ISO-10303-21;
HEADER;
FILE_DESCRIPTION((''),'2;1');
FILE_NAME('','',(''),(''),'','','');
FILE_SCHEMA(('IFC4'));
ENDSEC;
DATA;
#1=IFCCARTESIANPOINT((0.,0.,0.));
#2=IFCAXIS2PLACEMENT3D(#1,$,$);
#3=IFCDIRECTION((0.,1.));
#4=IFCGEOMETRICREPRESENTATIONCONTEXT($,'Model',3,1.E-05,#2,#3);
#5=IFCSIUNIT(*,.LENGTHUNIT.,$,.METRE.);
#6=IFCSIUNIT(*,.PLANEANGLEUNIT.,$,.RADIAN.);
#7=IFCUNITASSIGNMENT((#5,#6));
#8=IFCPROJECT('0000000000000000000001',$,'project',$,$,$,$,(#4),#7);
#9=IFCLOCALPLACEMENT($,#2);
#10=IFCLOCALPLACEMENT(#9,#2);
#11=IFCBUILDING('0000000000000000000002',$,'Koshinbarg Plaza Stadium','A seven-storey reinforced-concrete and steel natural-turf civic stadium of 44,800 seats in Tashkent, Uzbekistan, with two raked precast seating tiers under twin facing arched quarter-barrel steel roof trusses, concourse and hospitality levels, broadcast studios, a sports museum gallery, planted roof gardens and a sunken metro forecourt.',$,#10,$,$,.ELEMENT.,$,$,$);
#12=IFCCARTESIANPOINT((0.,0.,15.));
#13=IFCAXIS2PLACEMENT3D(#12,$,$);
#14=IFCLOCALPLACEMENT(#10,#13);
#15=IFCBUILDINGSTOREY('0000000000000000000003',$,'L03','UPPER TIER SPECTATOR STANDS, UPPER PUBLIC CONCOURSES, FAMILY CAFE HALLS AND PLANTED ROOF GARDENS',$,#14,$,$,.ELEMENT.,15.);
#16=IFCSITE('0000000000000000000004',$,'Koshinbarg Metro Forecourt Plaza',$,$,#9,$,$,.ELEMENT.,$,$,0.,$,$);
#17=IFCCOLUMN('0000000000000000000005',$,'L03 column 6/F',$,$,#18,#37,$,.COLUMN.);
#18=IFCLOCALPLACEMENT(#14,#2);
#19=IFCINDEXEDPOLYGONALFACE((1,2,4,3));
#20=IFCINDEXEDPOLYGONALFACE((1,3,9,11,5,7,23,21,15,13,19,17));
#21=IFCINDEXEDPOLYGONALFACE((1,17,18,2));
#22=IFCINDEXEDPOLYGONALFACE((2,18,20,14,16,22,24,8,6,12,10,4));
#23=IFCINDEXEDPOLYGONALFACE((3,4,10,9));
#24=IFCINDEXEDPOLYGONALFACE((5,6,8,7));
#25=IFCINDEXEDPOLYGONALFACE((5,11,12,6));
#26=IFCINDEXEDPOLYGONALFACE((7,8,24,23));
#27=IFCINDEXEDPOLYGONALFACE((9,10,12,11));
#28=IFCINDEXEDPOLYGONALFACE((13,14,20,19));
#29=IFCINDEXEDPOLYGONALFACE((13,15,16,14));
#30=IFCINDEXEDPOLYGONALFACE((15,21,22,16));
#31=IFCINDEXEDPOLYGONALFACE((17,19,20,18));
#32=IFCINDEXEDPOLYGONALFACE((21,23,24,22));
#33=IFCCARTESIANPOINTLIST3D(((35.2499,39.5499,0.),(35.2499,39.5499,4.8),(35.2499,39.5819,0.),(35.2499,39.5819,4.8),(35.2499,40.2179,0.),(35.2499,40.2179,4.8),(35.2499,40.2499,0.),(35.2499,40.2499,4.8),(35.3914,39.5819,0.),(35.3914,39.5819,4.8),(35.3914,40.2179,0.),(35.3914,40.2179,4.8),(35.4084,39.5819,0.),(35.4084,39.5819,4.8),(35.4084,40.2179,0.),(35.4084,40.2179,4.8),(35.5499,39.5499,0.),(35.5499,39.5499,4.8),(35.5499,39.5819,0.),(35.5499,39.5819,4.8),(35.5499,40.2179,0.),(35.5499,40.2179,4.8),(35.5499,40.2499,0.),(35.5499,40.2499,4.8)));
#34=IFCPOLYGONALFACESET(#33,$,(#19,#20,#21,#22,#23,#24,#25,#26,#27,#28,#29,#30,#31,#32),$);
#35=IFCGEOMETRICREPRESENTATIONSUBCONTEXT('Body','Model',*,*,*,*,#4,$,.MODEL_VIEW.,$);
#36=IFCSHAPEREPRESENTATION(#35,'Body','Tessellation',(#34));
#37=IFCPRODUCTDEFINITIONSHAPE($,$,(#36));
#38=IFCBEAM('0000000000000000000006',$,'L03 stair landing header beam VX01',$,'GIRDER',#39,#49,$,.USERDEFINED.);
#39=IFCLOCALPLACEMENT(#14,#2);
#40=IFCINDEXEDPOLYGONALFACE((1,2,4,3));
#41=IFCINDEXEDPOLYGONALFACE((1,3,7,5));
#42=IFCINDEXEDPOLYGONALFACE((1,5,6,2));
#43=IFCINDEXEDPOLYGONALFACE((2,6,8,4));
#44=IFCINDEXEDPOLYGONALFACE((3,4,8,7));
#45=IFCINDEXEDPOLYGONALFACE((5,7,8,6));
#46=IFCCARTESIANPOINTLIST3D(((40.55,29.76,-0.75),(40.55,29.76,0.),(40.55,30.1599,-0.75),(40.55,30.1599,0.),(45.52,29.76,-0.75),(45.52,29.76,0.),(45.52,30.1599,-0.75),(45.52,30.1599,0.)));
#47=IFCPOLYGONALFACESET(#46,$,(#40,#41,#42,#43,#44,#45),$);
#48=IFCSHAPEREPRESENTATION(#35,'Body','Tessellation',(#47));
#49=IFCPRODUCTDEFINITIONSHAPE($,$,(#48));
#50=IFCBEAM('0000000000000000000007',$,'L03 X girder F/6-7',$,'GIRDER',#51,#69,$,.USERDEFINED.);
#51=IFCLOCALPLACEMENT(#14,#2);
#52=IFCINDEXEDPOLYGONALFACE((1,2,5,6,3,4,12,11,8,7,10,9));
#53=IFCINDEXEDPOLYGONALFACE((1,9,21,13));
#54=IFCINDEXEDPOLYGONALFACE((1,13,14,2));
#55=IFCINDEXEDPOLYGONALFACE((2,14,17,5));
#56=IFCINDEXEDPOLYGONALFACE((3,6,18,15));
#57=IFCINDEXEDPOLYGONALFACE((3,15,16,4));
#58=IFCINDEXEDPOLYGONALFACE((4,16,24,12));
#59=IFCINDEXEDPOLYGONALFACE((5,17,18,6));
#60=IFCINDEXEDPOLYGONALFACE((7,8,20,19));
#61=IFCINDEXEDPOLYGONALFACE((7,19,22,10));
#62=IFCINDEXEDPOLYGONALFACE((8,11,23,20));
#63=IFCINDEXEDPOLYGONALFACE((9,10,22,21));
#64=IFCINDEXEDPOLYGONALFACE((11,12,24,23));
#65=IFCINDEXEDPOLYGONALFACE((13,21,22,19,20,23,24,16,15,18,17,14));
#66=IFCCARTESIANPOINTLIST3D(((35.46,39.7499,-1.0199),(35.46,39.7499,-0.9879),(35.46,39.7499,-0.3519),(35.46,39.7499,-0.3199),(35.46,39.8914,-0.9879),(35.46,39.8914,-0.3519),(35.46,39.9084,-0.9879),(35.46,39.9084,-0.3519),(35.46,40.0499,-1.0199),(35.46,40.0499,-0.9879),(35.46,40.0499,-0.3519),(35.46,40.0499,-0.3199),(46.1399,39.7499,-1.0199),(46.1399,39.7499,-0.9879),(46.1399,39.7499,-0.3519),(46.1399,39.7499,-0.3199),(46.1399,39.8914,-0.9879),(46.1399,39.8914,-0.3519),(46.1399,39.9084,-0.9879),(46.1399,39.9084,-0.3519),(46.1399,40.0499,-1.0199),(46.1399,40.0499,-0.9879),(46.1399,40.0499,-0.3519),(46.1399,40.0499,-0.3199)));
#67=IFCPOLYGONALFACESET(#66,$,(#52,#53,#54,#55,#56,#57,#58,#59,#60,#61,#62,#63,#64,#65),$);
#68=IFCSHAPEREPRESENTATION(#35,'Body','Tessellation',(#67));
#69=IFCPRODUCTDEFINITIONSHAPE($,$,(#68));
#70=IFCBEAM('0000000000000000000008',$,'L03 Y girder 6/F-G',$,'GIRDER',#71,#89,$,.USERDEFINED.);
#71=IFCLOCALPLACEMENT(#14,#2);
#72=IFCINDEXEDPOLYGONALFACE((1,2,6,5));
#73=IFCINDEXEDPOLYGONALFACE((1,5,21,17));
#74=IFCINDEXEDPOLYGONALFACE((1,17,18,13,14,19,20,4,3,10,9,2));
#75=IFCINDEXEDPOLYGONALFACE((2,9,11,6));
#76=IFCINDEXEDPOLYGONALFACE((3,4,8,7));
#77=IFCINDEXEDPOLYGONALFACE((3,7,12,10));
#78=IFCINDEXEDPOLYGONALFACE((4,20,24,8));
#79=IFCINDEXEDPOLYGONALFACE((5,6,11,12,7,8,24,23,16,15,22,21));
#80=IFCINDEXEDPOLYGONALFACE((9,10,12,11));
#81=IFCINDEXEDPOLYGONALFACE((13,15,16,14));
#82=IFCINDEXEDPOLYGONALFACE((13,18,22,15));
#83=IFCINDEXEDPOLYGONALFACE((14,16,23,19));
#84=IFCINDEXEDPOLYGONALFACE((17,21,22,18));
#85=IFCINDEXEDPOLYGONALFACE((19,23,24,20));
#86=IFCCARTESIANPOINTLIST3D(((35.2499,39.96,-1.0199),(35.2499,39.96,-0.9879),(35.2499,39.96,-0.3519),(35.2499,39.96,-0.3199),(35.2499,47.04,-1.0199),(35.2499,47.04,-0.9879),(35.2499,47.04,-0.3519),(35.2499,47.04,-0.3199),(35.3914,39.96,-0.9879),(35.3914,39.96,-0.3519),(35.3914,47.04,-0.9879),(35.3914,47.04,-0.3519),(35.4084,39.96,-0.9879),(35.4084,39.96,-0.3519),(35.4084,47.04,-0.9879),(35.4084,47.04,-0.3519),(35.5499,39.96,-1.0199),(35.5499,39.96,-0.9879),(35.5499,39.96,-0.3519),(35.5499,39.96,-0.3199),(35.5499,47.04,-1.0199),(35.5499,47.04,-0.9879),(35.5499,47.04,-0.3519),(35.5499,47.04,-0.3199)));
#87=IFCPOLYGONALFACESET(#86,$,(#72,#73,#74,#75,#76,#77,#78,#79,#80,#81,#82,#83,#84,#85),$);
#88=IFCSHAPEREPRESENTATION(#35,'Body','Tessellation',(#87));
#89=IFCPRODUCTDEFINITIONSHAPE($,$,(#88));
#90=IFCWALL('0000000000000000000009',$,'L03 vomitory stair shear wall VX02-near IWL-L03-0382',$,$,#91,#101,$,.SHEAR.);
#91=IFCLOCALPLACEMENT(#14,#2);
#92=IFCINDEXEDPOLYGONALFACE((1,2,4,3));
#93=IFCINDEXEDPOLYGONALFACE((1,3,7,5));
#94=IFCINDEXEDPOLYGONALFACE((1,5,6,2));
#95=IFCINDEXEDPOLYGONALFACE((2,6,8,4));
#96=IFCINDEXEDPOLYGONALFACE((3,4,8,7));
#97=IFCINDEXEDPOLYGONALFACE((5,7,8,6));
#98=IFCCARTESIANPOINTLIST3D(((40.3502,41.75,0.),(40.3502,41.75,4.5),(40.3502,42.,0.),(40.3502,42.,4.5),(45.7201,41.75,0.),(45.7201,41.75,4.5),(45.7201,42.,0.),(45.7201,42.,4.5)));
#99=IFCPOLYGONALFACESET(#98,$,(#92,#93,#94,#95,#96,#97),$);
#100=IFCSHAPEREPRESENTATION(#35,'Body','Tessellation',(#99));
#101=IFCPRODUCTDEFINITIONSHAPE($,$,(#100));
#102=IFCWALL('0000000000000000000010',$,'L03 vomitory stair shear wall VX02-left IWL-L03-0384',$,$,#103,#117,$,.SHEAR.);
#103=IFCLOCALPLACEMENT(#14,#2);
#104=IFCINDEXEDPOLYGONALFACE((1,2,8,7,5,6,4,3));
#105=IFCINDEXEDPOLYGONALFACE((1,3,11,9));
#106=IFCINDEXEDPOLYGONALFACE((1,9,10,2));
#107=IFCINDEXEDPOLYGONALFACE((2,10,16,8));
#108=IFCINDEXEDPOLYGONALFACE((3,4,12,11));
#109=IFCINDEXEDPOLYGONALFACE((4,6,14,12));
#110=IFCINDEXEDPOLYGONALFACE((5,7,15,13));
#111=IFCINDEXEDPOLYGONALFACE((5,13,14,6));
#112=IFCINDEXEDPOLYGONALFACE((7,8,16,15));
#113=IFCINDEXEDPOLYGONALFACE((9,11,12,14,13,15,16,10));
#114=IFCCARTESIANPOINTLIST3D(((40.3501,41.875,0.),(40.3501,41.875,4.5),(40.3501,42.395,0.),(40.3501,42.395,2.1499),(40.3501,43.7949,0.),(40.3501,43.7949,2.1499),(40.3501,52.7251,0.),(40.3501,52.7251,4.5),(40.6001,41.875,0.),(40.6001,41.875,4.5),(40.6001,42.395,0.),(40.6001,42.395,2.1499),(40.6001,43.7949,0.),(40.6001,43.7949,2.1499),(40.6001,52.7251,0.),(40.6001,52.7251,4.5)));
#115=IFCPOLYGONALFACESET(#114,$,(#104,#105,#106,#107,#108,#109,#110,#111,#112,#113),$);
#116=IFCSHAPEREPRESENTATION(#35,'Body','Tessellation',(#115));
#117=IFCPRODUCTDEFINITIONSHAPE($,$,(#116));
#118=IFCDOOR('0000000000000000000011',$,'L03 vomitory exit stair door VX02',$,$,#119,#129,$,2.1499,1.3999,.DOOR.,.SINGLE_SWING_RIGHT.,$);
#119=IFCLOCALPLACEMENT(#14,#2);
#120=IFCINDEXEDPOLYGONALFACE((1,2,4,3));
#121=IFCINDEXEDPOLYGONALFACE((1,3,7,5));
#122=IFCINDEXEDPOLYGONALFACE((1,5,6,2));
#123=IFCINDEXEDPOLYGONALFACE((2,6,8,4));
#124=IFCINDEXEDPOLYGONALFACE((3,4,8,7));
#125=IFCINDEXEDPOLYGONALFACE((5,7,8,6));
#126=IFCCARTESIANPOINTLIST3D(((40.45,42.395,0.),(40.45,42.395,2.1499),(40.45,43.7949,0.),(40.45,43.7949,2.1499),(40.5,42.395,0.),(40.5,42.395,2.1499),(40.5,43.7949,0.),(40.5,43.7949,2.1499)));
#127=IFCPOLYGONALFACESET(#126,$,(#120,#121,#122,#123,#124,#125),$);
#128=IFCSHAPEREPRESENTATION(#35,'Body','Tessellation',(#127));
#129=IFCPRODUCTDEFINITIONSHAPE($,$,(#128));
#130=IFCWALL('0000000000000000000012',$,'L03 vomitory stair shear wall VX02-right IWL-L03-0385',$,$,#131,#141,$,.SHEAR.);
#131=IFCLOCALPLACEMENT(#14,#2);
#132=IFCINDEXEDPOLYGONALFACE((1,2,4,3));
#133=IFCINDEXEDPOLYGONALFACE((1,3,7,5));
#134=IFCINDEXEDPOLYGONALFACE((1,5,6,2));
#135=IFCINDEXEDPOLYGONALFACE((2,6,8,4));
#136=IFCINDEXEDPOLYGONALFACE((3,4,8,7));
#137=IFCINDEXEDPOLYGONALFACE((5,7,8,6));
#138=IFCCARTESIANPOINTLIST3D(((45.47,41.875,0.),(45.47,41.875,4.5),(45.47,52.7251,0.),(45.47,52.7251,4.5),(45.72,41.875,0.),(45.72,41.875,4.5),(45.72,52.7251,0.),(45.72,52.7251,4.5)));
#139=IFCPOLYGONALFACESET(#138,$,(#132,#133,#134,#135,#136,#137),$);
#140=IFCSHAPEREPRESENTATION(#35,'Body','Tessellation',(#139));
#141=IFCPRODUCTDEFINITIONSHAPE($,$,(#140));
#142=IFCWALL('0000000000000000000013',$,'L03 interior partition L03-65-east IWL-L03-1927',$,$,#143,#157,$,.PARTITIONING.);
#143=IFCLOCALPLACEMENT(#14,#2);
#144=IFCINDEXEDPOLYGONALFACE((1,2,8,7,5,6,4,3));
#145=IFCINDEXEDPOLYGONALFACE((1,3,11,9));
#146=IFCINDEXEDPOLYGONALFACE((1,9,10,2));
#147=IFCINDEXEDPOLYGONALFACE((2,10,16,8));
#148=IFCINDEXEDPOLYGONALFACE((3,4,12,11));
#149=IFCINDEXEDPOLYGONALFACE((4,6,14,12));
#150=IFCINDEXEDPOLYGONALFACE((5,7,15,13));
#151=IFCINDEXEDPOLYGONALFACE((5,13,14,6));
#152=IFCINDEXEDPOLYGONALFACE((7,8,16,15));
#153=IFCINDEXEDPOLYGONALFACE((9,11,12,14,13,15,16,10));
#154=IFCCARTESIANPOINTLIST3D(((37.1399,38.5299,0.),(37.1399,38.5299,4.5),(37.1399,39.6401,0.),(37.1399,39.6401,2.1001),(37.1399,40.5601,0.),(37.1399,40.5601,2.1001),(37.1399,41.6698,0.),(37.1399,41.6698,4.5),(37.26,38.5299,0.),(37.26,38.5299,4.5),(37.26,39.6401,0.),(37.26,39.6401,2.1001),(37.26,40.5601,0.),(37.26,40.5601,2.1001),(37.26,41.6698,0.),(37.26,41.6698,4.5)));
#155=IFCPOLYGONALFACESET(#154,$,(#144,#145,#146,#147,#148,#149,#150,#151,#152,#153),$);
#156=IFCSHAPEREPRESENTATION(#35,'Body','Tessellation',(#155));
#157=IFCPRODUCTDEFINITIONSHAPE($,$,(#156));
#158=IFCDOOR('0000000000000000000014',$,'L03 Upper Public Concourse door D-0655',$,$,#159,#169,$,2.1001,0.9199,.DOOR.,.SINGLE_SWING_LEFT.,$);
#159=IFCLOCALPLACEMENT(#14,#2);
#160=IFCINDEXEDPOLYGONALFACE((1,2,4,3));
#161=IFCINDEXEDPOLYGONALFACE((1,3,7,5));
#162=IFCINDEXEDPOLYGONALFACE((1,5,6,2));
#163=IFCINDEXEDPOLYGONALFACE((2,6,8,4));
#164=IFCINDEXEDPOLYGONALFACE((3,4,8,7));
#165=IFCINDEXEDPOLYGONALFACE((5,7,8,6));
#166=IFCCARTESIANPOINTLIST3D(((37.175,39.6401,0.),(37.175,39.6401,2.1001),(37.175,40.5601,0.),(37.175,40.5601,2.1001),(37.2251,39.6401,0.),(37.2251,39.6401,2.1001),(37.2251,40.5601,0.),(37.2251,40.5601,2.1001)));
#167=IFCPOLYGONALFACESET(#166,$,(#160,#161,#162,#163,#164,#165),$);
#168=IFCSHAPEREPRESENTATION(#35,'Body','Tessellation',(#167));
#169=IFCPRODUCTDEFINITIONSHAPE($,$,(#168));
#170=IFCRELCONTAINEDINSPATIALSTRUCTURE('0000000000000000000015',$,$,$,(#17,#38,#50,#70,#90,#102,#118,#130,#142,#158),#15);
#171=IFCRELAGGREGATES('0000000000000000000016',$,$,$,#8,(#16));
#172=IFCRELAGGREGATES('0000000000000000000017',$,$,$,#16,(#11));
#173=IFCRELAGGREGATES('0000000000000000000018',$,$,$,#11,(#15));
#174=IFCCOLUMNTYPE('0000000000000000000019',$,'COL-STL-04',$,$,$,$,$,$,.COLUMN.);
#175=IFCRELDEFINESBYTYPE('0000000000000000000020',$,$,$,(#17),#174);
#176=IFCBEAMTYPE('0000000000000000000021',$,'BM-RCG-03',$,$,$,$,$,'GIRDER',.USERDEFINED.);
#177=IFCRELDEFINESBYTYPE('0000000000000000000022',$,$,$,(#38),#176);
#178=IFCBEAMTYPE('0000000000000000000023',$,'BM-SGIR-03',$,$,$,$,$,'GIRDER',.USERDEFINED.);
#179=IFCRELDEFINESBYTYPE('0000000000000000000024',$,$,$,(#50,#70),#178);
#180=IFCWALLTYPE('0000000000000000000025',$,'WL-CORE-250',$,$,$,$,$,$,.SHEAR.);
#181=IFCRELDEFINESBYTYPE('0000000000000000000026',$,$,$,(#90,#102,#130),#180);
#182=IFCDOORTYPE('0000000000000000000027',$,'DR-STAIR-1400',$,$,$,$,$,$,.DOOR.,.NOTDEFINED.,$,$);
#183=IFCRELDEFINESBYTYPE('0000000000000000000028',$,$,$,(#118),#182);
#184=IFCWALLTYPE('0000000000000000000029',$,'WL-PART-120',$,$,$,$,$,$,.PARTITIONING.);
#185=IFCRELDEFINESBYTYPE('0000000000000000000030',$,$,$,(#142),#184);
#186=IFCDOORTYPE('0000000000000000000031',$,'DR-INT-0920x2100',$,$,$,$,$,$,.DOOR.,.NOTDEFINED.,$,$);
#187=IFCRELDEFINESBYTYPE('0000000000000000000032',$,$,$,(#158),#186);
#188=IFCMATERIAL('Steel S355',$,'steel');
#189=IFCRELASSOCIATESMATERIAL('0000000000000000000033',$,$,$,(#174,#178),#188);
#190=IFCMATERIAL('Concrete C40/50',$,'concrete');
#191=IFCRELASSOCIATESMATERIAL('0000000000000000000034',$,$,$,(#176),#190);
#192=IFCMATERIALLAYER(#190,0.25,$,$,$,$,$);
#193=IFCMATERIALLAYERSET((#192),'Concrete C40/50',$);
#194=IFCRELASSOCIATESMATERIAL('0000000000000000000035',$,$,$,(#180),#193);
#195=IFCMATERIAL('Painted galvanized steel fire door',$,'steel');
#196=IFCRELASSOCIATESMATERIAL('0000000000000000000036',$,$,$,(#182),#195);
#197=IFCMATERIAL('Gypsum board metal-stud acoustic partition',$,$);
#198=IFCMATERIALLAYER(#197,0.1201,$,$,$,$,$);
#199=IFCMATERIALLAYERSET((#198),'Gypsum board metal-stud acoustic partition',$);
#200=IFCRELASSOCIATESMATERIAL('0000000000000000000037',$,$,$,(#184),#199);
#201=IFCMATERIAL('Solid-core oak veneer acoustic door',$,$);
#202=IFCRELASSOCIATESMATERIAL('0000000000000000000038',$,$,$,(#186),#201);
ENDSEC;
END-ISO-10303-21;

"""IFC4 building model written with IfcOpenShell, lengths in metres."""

from ifc_helpers import new_model, si_unit, direction, frame, frame_2d, origin, origin_2d, place, context, subcontext, project, spatial, rectangle, i_section, extrude, material, layer, layer_set, material_profile, profile_set, type_object, element, fill, save


model = new_model("IFC4")

# Units and contexts
model_context = context("Model", 3, precision=1e-05, world=origin(), true_north=direction((0.0, 1.0)))
body_context = subcontext(model_context, "Body", "Model", "MODEL_VIEW")
ifc_project = project(units=[si_unit("LENGTHUNIT", "METRE"), si_unit("PLANEANGLEUNIT", "RADIAN")], contexts=[model_context])

# Site, building, storey
site_placement = place(None, origin())
site = spatial("IfcSite", under=ifc_project, at=site_placement, Name="Koshinbarg Metro Forecourt Plaza", CompositionType="ELEMENT", RefElevation=0.0)
building_placement = place(site_placement, origin())
building = spatial("IfcBuilding", under=site, at=building_placement, Name="Koshinbarg Plaza Stadium", Description="A seven-storey reinforced-concrete and steel natural-turf civic stadium of 44,800 seats in Tashkent, Uzbekistan, with two raked precast seating tiers under twin facing arched quarter-barrel steel roof trusses, concourse and hospitality levels, broadcast studios, a sports museum gallery, planted roof gardens and a sunken metro forecourt.", CompositionType="ELEMENT")
storey_placement = place(building_placement, frame((0.0, 0.0, 15.0)))
storey = spatial("IfcBuildingStorey", under=building, at=storey_placement, Name="L03", Description="UPPER TIER SPECTATOR STANDS, UPPER PUBLIC CONCOURSES, FAMILY CAFE HALLS AND PLANTED ROOF GARDENS", CompositionType="ELEMENT", Elevation=15.0)

# Column
ifc_material_1 = material(Name="Steel S355", Category="steel")
ifc_material_profile_1 = material_profile(ifc_material_1, i_section(OverallWidth=0.3, OverallDepth=0.7, WebThickness=0.0171, FlangeThickness=0.032, at=origin_2d()), Name="HEB 700")
ifc_profile_set_1 = profile_set([ifc_material_profile_1], Name="Steel S355")
column_type = type_object("IfcColumnType", Name="COL-STL-04", PredefinedType="COLUMN", material=ifc_profile_set_1)
column_placement = place(storey_placement, frame((35.3999, 39.8999, 0.0), z_axis=(0.0, 0.0, 1.0), x_axis=(1.0, 0.0, 0.0)))
element("IfcColumn", 1, at=column_placement, inside=storey, type_object=column_type, Name="L03 column 6/F", PredefinedType="COLUMN", context=body_context, shape_type="SweptSolid", body=[
    extrude(i_section(OverallWidth=0.3, OverallDepth=0.7, WebThickness=0.0171, FlangeThickness=0.032, at=origin_2d()), origin(), (0.0, 0.0, 1.0), 4.8),
])

# Beams
ifc_material_2 = material(Name="Concrete C40/50", Category="concrete")
ifc_material_profile_2 = material_profile(ifc_material_2, rectangle(XDim=0.3999, YDim=0.75, at=origin_2d()), Name="RC 400x750")
ifc_profile_set_2 = profile_set([ifc_material_profile_2], Name="Concrete C40/50")
beam_type_1 = type_object("IfcBeamType", Name="BM-RCG-03", ElementType="GIRDER", PredefinedType="USERDEFINED", material=ifc_profile_set_2)
beam_1_placement = place(storey_placement, frame((40.55, 29.96, -0.375), z_axis=(1.0, 0.0, 0.0), x_axis=(0.0, 1.0, 0.0)))
element("IfcBeam", 2, at=beam_1_placement, inside=storey, type_object=beam_type_1, Name="L03 stair landing header beam VX01", ObjectType="GIRDER", PredefinedType="USERDEFINED", context=body_context, shape_type="SweptSolid", body=[
    extrude(rectangle(XDim=0.3999, YDim=0.75, at=origin_2d()), origin(), (0.0, 0.0, 1.0), 4.97),
])
ifc_material_profile_3 = material_profile(ifc_material_1, i_section(OverallWidth=0.3, OverallDepth=0.7, WebThickness=0.0171, FlangeThickness=0.032, at=origin_2d()), Name="HEB 700")
ifc_profile_set_3 = profile_set([ifc_material_profile_3], Name="Steel S355")
beam_type_2 = type_object("IfcBeamType", Name="BM-SGIR-03", ElementType="GIRDER", PredefinedType="USERDEFINED", material=ifc_profile_set_3)
beam_2_placement = place(storey_placement, frame((35.46, 39.8999, -0.6699), z_axis=(1.0, 0.0, 0.0), x_axis=(0.0, 1.0, 0.0)))
element("IfcBeam", 3, at=beam_2_placement, inside=storey, type_object=beam_type_2, Name="L03 X girder F/6-7", ObjectType="GIRDER", PredefinedType="USERDEFINED", context=body_context, shape_type="SweptSolid", body=[
    extrude(i_section(OverallWidth=0.3, OverallDepth=0.7, WebThickness=0.0171, FlangeThickness=0.032, at=origin_2d()), origin(), (0.0, 0.0, 1.0), 10.6799),
])
beam_3_placement = place(storey_placement, frame((35.3999, 39.96, -0.6699), z_axis=(0.0, 1.0, 0.0), x_axis=(-1.0, 0.0, 0.0)))
element("IfcBeam", 4, at=beam_3_placement, inside=storey, type_object=beam_type_2, Name="L03 Y girder 6/F-G", ObjectType="GIRDER", PredefinedType="USERDEFINED", context=body_context, shape_type="SweptSolid", body=[
    extrude(i_section(OverallWidth=0.3, OverallDepth=0.7, WebThickness=0.0171, FlangeThickness=0.032, at=origin_2d()), origin(), (0.0, 0.0, 1.0), 7.0801),
])

# Wall
ifc_layer_1 = layer(ifc_material_2, 0.25)
ifc_layer_set_1 = layer_set([ifc_layer_1], Name="Concrete C40/50")
wall_type_1 = type_object("IfcWallType", Name="WL-CORE-250", PredefinedType="SHEAR", material=ifc_layer_set_1)
wall_1_placement = place(storey_placement, frame((40.3501, 41.875, 0.0), z_axis=(0.0, 0.0, 1.0), x_axis=(1.0, 0.0, 0.0)))
element("IfcWall", 5, at=wall_1_placement, inside=storey, type_object=wall_type_1, Name="L03 vomitory stair shear wall VX02-near IWL-L03-0382", PredefinedType="SHEAR", context=body_context, shape_type="SweptSolid", body=[
    extrude(rectangle(XDim=5.3699, YDim=0.25, at=frame_2d((2.6851, 0.0))), origin(), (0.0, 0.0, 1.0), 4.5),
])

# Wall, opening, door
wall_2_placement = place(storey_placement, frame((40.4751, 41.875, 0.0), z_axis=(0.0, 0.0, 1.0), x_axis=(0.0, 1.0, 0.0)))
wall_2 = element("IfcWall", 6, at=wall_2_placement, inside=storey, type_object=wall_type_1, Name="L03 vomitory stair shear wall VX02-left IWL-L03-0384", PredefinedType="SHEAR", context=body_context, shape_type="SweptSolid", body=[
    extrude(rectangle(XDim=10.8501, YDim=0.25, at=frame_2d((5.425, 0.0))), origin(), (0.0, 0.0, 1.0), 4.5),
])
opening_1_placement = place(wall_2_placement, frame((0.52, 0.0, 0.0)))
opening_1 = element("IfcOpeningElement", 7, at=opening_1_placement, cuts=wall_2, PredefinedType="OPENING", context=body_context, shape_type="SweptSolid", body=[
    extrude(rectangle(XDim=1.3999, YDim=2.1499, at=frame_2d((0.7, 1.075))), frame((0.0, 0.135, 0.0), z_axis=(0.0, -1.0, 0.0), x_axis=(1.0, 0.0, 0.0)), (0.0, 0.0, 1.0), 0.27),
])
ifc_material_3 = material(Name="Painted galvanized steel fire door", Category="steel")
door_type_1 = type_object("IfcDoorType", Name="DR-STAIR-1400", OperationType="NOTDEFINED", PredefinedType="DOOR", material=ifc_material_3)
door_1_placement = place(opening_1_placement, frame((1.3999, 0.0, 0.0), z_axis=(0.0, 0.0, 1.0), x_axis=(-1.0, 0.0, 0.0)))
door_1 = element("IfcDoor", 8, at=door_1_placement, inside=storey, type_object=door_type_1, Name="L03 vomitory exit stair door VX02", OperationType="SINGLE_SWING_RIGHT", OverallHeight=2.1499, OverallWidth=1.3999, PredefinedType="DOOR", context=body_context, shape_type="SweptSolid", body=[
    extrude(rectangle(XDim=1.3999, YDim=2.1499, at=frame_2d((0.7, 1.075))), frame((0.0, 0.0249, 0.0), z_axis=(0.0, -1.0, 0.0), x_axis=(1.0, 0.0, 0.0)), (0.0, 0.0, 1.0), 0.05),
])
fill(opening_1, door_1)

# Wall
wall_3_placement = place(storey_placement, frame((45.595, 41.875, 0.0), z_axis=(0.0, 0.0, 1.0), x_axis=(0.0, 1.0, 0.0)))
element("IfcWall", 9, at=wall_3_placement, inside=storey, type_object=wall_type_1, Name="L03 vomitory stair shear wall VX02-right IWL-L03-0385", PredefinedType="SHEAR", context=body_context, shape_type="SweptSolid", body=[
    extrude(rectangle(XDim=10.8501, YDim=0.25, at=frame_2d((5.425, 0.0))), origin(), (0.0, 0.0, 1.0), 4.5),
])

# Wall, opening, door
ifc_material_4 = material(Name="Gypsum board metal-stud acoustic partition")
ifc_layer_2 = layer(ifc_material_4, 0.1201)
ifc_layer_set_2 = layer_set([ifc_layer_2], Name="Gypsum board metal-stud acoustic partition")
wall_type_2 = type_object("IfcWallType", Name="WL-PART-120", PredefinedType="PARTITIONING", material=ifc_layer_set_2)
wall_4_placement = place(storey_placement, frame((37.2, 38.53, 0.0), z_axis=(0.0, 0.0, 1.0), x_axis=(0.0, 1.0, 0.0)))
wall_4 = element("IfcWall", 10, at=wall_4_placement, inside=storey, type_object=wall_type_2, Name="L03 interior partition L03-65-east IWL-L03-1927", PredefinedType="PARTITIONING", context=body_context, shape_type="SweptSolid", body=[
    extrude(rectangle(XDim=3.1399, YDim=0.1201, at=frame_2d((1.5698, 0.0))), origin(), (0.0, 0.0, 1.0), 4.5),
])
opening_2_placement = place(wall_4_placement, frame((1.1101, 0.0, 0.0)))
opening_2 = element("IfcOpeningElement", 11, at=opening_2_placement, cuts=wall_4, PredefinedType="OPENING", context=body_context, shape_type="SweptSolid", body=[
    extrude(rectangle(XDim=0.9199, YDim=2.1001, at=frame_2d((0.46, 1.05))), frame((0.0, 0.0701, 0.0), z_axis=(0.0, -1.0, 0.0), x_axis=(1.0, 0.0, 0.0)), (0.0, 0.0, 1.0), 0.1401),
])
ifc_material_5 = material(Name="Solid-core oak veneer acoustic door")
door_type_2 = type_object("IfcDoorType", Name="DR-INT-0920x2100", OperationType="NOTDEFINED", PredefinedType="DOOR", material=ifc_material_5)
door_2_placement = place(opening_2_placement, origin())
door_2 = element("IfcDoor", 12, at=door_2_placement, inside=storey, type_object=door_type_2, Name="L03 Upper Public Concourse door D-0655", OperationType="SINGLE_SWING_LEFT", OverallHeight=2.1001, OverallWidth=0.9199, PredefinedType="DOOR", context=body_context, shape_type="SweptSolid", body=[
    extrude(rectangle(XDim=0.9199, YDim=2.1001, at=frame_2d((0.46, 1.05))), frame((0.0, 0.0249, 0.0), z_axis=(0.0, -1.0, 0.0), x_axis=(1.0, 0.0, 0.0)), (0.0, 0.0, 1.0), 0.05),
])
fill(opening_2, door_2)

save(model, "model.ifc")
